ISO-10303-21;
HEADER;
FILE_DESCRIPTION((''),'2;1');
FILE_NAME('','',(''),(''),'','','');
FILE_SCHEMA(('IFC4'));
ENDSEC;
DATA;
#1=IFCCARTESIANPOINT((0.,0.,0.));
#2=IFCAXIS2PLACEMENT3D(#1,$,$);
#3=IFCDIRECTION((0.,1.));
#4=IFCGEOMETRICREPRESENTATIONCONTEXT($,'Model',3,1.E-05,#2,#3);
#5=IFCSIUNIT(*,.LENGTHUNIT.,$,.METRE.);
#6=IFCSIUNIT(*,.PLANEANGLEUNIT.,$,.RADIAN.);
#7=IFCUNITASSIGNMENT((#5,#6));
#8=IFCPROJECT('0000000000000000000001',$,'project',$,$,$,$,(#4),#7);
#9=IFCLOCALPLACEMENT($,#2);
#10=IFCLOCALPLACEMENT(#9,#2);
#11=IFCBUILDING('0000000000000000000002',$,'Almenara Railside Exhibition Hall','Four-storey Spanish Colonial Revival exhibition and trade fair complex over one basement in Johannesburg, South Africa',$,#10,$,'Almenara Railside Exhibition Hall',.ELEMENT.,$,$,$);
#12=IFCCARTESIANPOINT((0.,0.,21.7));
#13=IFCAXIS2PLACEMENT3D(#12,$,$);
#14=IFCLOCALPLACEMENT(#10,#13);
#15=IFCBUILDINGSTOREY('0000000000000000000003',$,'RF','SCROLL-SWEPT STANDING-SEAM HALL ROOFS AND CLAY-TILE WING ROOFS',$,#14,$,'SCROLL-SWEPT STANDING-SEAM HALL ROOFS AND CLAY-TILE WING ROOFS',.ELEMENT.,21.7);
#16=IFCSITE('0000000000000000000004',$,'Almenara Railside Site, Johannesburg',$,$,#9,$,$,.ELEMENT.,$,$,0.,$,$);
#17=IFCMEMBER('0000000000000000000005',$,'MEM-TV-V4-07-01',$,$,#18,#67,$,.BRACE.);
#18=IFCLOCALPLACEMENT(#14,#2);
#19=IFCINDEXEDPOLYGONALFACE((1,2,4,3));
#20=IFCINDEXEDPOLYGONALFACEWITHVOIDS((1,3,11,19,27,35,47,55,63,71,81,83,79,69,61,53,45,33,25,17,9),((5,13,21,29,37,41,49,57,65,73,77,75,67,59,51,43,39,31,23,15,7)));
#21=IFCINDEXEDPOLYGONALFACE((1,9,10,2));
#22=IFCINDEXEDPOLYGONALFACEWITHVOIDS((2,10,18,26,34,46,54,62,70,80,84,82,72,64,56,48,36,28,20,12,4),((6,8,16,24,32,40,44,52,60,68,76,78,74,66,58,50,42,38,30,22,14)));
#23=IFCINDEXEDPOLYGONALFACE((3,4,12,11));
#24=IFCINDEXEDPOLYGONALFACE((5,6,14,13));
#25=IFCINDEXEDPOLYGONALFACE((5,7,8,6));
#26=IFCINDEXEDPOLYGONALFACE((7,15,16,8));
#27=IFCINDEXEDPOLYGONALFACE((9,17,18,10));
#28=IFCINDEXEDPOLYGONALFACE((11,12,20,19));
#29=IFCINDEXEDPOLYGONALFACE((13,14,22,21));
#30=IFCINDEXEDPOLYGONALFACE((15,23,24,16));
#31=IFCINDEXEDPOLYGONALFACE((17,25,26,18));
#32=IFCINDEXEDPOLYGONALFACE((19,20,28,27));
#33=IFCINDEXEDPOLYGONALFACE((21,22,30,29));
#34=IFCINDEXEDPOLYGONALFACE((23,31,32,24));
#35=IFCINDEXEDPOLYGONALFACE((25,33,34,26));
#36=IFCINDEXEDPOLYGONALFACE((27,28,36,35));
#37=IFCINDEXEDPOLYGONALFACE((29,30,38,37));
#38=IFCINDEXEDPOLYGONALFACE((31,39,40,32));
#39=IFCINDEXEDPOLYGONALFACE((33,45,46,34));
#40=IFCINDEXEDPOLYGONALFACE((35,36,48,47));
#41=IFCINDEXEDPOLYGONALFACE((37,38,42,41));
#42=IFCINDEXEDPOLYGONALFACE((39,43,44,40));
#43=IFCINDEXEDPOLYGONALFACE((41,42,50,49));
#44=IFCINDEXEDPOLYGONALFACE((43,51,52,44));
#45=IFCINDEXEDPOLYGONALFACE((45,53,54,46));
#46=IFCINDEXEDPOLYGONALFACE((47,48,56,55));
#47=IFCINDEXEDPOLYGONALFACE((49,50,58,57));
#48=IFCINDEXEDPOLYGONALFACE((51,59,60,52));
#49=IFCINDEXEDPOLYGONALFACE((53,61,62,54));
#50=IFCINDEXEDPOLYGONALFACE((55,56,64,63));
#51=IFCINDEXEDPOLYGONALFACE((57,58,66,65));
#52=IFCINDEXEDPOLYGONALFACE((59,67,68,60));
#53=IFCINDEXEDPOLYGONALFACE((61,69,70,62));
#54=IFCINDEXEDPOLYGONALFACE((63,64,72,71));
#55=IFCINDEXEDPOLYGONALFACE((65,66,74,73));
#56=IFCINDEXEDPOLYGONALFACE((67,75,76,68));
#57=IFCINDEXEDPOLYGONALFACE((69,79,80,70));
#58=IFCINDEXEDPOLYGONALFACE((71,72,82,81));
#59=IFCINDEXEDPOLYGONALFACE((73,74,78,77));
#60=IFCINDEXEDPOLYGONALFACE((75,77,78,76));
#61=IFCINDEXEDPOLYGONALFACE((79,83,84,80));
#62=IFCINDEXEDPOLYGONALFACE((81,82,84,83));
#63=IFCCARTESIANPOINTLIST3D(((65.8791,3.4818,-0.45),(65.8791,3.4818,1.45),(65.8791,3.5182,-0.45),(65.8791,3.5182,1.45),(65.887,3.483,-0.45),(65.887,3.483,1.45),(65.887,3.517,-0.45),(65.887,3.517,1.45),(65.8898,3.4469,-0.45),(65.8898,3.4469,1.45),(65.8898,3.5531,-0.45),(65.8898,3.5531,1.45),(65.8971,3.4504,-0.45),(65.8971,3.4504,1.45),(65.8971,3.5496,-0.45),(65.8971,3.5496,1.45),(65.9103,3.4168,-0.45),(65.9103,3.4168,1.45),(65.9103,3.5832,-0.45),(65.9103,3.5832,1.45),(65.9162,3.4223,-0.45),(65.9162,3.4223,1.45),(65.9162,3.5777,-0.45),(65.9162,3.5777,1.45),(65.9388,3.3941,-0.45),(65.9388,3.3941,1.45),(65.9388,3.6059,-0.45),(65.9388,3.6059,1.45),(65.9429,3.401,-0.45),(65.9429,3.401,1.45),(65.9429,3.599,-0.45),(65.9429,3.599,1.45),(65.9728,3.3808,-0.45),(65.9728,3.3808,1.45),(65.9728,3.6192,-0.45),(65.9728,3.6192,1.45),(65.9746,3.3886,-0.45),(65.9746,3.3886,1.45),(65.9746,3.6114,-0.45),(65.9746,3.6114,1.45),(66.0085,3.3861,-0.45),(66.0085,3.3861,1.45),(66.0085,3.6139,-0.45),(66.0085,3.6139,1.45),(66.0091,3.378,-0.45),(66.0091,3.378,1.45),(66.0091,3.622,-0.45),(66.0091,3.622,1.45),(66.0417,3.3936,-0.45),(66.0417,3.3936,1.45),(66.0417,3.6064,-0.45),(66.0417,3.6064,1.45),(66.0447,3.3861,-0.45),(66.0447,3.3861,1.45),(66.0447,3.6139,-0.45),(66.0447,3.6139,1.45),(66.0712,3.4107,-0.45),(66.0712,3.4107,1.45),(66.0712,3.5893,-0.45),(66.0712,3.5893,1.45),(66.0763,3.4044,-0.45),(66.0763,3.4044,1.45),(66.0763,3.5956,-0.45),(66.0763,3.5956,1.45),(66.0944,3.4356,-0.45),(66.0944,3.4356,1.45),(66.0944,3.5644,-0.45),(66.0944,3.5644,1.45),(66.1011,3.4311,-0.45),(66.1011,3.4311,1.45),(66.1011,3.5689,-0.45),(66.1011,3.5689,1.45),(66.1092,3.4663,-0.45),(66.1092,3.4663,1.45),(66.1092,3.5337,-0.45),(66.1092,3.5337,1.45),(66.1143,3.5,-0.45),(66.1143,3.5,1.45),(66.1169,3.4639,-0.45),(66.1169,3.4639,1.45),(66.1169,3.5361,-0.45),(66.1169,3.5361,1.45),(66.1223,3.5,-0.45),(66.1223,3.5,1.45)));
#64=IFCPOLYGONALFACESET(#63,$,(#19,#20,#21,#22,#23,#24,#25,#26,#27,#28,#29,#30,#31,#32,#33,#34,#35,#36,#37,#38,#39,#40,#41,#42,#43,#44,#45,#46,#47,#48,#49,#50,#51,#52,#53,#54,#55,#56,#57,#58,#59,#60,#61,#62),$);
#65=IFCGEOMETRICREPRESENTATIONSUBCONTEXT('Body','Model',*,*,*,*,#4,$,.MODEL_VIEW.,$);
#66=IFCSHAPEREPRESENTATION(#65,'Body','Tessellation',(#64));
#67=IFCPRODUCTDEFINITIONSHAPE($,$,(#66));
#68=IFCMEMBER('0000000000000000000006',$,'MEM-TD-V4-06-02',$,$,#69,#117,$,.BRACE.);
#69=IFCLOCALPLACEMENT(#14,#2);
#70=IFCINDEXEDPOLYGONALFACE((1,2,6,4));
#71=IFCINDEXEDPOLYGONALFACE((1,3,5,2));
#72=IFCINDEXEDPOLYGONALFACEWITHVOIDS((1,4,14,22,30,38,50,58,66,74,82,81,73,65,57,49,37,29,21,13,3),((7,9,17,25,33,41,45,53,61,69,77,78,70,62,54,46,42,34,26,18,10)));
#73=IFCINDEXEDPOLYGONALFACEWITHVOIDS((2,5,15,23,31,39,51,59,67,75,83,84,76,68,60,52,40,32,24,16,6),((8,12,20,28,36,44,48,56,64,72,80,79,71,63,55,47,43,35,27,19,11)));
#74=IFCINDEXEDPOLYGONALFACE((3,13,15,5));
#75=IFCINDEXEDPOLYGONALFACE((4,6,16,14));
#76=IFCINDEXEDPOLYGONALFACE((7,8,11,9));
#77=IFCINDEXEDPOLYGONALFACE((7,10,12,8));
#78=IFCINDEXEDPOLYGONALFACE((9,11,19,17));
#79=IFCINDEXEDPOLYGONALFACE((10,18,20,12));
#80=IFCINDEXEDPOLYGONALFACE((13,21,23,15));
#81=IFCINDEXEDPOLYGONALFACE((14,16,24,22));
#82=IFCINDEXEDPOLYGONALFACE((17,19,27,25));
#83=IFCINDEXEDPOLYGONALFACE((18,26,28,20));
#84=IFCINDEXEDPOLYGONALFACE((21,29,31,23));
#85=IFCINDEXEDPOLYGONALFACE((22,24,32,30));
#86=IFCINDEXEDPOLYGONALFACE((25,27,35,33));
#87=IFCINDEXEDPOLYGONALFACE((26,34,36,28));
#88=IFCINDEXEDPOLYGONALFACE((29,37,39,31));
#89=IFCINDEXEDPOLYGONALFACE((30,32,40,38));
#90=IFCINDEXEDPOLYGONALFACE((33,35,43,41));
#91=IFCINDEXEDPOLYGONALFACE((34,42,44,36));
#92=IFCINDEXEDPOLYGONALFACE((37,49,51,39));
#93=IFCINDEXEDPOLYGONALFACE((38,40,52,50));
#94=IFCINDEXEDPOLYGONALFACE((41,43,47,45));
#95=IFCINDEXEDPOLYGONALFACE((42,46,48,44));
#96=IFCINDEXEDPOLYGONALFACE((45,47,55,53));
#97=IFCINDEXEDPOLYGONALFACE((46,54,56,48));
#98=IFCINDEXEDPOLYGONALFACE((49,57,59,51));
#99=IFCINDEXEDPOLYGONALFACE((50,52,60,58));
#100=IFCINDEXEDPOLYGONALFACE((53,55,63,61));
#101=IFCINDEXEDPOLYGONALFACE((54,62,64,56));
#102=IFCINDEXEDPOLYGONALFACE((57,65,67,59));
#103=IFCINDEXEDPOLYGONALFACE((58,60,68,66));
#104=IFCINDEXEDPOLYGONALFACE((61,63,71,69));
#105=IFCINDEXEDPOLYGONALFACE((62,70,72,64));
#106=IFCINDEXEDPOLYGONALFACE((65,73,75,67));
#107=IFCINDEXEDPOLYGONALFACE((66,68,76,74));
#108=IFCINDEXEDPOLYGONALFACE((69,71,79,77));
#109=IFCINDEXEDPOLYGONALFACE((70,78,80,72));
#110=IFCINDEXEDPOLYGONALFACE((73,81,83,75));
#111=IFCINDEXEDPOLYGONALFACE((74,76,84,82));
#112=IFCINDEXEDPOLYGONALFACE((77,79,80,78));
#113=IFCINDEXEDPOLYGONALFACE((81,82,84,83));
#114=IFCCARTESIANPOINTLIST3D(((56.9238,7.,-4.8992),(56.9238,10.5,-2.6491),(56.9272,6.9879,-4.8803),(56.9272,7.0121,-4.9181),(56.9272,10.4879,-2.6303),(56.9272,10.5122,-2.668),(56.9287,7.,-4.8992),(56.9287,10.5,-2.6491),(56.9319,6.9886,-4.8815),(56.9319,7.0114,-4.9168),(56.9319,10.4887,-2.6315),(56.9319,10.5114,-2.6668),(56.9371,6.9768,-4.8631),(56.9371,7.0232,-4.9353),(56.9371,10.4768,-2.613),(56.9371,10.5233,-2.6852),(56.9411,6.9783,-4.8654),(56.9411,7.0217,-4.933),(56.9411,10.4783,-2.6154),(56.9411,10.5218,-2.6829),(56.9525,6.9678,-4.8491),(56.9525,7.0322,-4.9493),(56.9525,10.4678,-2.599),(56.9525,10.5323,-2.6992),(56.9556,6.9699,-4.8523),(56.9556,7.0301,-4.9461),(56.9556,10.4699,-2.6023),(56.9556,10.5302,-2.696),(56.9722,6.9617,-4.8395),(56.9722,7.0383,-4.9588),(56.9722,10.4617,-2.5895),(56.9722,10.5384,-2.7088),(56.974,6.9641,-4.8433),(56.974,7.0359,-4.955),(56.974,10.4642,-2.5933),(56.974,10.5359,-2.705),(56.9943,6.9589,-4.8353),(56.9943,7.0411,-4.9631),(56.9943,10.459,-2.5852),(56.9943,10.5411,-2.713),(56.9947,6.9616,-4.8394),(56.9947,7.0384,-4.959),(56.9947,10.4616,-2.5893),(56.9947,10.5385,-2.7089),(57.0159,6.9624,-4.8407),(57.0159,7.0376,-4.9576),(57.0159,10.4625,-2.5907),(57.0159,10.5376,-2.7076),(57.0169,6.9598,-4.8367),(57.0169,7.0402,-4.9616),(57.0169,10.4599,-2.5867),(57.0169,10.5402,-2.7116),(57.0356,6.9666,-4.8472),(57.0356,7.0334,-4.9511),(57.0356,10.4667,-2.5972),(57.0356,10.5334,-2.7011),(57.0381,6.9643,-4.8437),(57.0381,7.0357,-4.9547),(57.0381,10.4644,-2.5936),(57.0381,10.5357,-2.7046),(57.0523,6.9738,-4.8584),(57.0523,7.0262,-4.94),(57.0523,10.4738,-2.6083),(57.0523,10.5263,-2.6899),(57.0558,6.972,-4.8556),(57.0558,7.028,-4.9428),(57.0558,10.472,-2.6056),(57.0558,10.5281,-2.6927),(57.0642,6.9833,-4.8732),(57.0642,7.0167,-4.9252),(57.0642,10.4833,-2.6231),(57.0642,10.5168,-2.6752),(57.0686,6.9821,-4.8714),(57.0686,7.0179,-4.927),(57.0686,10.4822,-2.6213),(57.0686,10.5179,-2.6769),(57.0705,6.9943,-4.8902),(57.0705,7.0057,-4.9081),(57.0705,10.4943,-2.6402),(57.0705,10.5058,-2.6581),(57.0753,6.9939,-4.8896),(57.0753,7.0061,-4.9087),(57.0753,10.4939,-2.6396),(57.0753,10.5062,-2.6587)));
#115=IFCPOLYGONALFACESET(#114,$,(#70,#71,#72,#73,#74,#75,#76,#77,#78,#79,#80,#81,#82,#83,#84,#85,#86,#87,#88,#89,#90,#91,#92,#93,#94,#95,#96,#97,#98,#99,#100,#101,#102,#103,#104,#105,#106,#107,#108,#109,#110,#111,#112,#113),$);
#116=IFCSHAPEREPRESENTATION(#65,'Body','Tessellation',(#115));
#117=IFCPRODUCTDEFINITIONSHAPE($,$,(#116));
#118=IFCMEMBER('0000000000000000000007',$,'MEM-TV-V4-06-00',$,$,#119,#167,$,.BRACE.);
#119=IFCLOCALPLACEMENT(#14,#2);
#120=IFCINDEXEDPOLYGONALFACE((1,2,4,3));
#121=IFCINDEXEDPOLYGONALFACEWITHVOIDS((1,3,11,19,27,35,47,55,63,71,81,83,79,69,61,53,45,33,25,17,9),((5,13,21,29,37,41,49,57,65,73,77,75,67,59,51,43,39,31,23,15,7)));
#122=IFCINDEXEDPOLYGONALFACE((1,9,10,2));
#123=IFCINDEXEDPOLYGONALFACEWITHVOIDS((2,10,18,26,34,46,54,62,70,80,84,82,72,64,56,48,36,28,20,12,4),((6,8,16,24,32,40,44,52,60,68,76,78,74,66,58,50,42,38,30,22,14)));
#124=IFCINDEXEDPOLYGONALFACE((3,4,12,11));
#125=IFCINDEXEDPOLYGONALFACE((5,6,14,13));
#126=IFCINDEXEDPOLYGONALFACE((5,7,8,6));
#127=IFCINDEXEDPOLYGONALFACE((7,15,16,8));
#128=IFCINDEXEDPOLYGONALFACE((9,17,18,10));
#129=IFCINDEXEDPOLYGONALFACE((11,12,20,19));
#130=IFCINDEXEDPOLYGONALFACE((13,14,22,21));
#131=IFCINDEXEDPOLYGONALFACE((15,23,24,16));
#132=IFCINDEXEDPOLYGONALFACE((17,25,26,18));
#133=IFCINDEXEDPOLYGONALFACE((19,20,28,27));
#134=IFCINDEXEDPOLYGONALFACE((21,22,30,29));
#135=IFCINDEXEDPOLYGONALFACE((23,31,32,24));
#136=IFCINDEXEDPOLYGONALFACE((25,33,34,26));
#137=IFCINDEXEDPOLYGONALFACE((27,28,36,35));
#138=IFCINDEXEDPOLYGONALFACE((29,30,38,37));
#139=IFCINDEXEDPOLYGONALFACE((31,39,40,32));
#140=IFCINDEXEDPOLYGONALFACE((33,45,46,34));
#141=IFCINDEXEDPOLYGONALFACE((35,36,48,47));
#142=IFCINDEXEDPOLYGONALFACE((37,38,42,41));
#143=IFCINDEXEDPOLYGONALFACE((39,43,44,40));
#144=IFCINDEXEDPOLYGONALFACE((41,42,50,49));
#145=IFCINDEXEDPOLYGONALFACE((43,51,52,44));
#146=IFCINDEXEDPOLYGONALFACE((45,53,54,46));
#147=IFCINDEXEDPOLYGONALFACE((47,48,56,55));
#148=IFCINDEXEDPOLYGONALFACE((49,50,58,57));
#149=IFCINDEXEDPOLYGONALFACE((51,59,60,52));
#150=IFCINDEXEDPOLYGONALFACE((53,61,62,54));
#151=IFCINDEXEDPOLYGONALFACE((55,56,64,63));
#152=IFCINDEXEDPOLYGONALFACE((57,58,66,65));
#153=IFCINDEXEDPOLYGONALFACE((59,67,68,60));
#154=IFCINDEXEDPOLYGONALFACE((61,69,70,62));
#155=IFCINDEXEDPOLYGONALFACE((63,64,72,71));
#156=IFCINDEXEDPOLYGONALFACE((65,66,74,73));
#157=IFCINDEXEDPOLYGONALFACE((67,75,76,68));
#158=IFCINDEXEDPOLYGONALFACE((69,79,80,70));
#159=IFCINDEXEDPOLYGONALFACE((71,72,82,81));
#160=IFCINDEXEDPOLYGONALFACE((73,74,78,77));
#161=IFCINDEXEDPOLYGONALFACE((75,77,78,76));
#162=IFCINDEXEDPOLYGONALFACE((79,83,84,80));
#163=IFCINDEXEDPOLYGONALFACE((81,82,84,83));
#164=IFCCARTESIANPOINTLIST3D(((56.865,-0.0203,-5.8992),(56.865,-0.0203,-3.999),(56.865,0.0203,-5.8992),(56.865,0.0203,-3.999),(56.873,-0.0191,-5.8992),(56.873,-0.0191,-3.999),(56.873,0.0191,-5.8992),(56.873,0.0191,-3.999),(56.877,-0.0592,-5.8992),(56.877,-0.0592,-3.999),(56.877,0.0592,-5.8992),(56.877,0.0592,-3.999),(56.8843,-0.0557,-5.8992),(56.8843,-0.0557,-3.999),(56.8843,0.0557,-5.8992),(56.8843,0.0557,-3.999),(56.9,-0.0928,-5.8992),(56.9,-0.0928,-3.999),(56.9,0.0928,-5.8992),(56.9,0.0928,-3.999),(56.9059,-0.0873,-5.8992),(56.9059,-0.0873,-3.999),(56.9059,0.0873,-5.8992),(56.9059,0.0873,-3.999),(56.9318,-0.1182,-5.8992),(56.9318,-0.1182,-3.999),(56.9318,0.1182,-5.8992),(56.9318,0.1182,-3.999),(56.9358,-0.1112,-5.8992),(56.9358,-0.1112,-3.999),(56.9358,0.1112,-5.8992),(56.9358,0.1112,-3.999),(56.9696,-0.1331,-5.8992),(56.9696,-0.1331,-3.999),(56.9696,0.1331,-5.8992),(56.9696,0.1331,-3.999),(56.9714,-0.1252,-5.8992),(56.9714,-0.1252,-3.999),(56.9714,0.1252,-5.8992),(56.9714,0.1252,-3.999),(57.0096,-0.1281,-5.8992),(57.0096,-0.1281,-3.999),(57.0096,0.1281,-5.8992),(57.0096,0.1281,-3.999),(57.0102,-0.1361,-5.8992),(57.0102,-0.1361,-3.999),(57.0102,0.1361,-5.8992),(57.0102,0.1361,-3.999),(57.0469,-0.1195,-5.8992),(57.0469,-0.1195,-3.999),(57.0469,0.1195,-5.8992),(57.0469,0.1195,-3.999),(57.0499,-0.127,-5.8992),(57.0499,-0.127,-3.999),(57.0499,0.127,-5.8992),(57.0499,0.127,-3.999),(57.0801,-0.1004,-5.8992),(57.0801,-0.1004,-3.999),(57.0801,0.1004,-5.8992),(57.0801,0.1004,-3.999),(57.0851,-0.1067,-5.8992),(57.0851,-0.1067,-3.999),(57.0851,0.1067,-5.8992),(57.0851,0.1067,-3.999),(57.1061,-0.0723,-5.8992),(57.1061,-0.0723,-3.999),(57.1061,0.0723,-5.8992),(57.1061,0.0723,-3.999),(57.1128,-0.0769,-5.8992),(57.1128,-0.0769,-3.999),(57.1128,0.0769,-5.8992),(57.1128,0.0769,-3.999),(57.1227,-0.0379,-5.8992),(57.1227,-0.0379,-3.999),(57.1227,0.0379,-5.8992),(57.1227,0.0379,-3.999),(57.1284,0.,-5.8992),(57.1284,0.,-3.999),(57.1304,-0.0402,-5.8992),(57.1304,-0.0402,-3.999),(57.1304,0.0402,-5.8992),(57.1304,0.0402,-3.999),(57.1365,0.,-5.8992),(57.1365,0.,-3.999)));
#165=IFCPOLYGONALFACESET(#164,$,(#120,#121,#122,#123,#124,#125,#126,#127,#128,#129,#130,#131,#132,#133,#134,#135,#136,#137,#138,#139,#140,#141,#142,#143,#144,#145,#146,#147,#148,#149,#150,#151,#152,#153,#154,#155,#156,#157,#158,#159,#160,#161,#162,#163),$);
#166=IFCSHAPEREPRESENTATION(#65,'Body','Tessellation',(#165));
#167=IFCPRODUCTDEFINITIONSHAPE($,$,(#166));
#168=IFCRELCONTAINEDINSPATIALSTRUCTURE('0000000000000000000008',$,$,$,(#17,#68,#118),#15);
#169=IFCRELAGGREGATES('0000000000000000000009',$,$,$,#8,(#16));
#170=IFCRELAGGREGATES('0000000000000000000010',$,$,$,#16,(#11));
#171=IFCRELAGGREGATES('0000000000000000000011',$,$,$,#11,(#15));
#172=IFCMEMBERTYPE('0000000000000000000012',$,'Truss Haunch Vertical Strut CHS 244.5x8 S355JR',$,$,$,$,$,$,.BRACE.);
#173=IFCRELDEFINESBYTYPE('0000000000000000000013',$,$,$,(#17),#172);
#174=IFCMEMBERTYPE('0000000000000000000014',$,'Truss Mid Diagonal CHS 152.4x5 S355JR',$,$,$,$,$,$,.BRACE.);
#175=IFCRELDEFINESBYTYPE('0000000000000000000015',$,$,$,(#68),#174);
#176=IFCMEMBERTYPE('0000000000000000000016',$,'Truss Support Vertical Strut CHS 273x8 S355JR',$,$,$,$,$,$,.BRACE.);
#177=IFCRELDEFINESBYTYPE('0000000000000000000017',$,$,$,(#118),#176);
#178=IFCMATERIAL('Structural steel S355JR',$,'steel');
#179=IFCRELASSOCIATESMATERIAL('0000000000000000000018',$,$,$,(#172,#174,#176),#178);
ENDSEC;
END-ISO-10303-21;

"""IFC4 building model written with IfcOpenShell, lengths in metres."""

from ifc_helpers import new_model, si_unit, direction, frame, origin, origin_2d, place, context, subcontext, project, spatial, hollow_circle, extrude, material, material_profile, profile_set, type_object, element, save


model = new_model("IFC4")

# Units and contexts
model_context = context("Model", 3, precision=1e-05, world=origin(), true_north=direction((0.0, 1.0)))
body_context = subcontext(model_context, "Body", "Model", "MODEL_VIEW")
ifc_project = project(units=[si_unit("LENGTHUNIT", "METRE"), si_unit("PLANEANGLEUNIT", "RADIAN")], contexts=[model_context])

# Site, building, storey
site_placement = place(None, origin())
site = spatial("IfcSite", under=ifc_project, at=site_placement, Name="Almenara Railside Site, Johannesburg", CompositionType="ELEMENT", RefElevation=0.0)
building_placement = place(site_placement, origin())
building = spatial("IfcBuilding", under=site, at=building_placement, Name="Almenara Railside Exhibition Hall", Description="Four-storey Spanish Colonial Revival exhibition and trade fair complex over one basement in Johannesburg, South Africa", LongName="Almenara Railside Exhibition Hall", CompositionType="ELEMENT")
storey_placement = place(building_placement, frame((0.0, 0.0, 21.7)))
storey = spatial("IfcBuildingStorey", under=building, at=storey_placement, Name="RF", Description="SCROLL-SWEPT STANDING-SEAM HALL ROOFS AND CLAY-TILE WING ROOFS", LongName="SCROLL-SWEPT STANDING-SEAM HALL ROOFS AND CLAY-TILE WING ROOFS", CompositionType="ELEMENT", Elevation=21.7)

# Shared definitions
ifc_material = material(Name="Structural steel S355JR", Category="steel")

# Members
ifc_material_profile_1 = material_profile(ifc_material, hollow_circle(Radius=0.1223, WallThickness=0.0081, at=origin_2d()), Name="CHS 244.5x8")
ifc_profile_set_1 = profile_set([ifc_material_profile_1], Name="Structural steel S355JR")
member_type_1 = type_object("IfcMemberType", Name="Truss Haunch Vertical Strut CHS 244.5x8 S355JR", PredefinedType="BRACE", material=ifc_profile_set_1)
member_1_placement = place(storey_placement, frame((66.0, 3.5, -0.45), z_axis=(0.0, 0.0, 1.0), x_axis=(1.0, 0.0, 0.0)))
element("IfcMember", 1, at=member_1_placement, inside=storey, type_object=member_type_1, Name="MEM-TV-V4-07-01", PredefinedType="BRACE", context=body_context, shape_type="SweptSolid", body=[
    extrude(hollow_circle(Radius=0.1223, WallThickness=0.0081, at=origin_2d()), origin(), (0.0, 0.0, 1.0), 1.8999),
])
ifc_material_profile_2 = material_profile(ifc_material, hollow_circle(Radius=0.0762, WallThickness=0.0049, at=origin_2d()), Name="CHS 152.4x5")
ifc_profile_set_2 = profile_set([ifc_material_profile_2], Name="Structural steel S355JR")
member_type_2 = type_object("IfcMemberType", Name="Truss Mid Diagonal CHS 152.4x5 S355JR", PredefinedType="BRACE", material=ifc_profile_set_2)
member_2_placement = place(storey_placement, frame((57.0, 7.0, -4.8992), z_axis=(0.0, 0.841178, 0.540758), x_axis=(-1.0, 0.0, 0.0)))
element("IfcMember", 2, at=member_2_placement, inside=storey, type_object=member_type_2, Name="MEM-TD-V4-06-02", PredefinedType="BRACE", context=body_context, shape_type="SweptSolid", body=[
    extrude(hollow_circle(Radius=0.0762, WallThickness=0.0049, at=origin_2d()), origin(), (0.0, 0.0, 1.0), 4.1609),
])
ifc_material_profile_3 = material_profile(ifc_material, hollow_circle(Radius=0.1365, WallThickness=0.0081, at=origin_2d()), Name="CHS 273x8")
ifc_profile_set_3 = profile_set([ifc_material_profile_3], Name="Structural steel S355JR")
member_type_3 = type_object("IfcMemberType", Name="Truss Support Vertical Strut CHS 273x8 S355JR", PredefinedType="BRACE", material=ifc_profile_set_3)
for number, where, z_axis, x_axis, name in (
    (3, (57.0, 0.0, -5.8992), (0.0, 0.0, 1.0), (1.0, 0.0, 0.0), "MEM-TV-V4-06-00"),
):
    element("IfcMember", number, at=place(storey_placement, frame(where, z_axis=z_axis, x_axis=x_axis)), inside=storey, type_object=member_type_3, Name=name, PredefinedType="BRACE", context=body_context, shape_type="SweptSolid", body=[
        extrude(hollow_circle(Radius=0.1365, WallThickness=0.0081, at=origin_2d()), origin(), (0.0, 0.0, 1.0), 1.9001),
    ])

save(model, "model.ifc")
